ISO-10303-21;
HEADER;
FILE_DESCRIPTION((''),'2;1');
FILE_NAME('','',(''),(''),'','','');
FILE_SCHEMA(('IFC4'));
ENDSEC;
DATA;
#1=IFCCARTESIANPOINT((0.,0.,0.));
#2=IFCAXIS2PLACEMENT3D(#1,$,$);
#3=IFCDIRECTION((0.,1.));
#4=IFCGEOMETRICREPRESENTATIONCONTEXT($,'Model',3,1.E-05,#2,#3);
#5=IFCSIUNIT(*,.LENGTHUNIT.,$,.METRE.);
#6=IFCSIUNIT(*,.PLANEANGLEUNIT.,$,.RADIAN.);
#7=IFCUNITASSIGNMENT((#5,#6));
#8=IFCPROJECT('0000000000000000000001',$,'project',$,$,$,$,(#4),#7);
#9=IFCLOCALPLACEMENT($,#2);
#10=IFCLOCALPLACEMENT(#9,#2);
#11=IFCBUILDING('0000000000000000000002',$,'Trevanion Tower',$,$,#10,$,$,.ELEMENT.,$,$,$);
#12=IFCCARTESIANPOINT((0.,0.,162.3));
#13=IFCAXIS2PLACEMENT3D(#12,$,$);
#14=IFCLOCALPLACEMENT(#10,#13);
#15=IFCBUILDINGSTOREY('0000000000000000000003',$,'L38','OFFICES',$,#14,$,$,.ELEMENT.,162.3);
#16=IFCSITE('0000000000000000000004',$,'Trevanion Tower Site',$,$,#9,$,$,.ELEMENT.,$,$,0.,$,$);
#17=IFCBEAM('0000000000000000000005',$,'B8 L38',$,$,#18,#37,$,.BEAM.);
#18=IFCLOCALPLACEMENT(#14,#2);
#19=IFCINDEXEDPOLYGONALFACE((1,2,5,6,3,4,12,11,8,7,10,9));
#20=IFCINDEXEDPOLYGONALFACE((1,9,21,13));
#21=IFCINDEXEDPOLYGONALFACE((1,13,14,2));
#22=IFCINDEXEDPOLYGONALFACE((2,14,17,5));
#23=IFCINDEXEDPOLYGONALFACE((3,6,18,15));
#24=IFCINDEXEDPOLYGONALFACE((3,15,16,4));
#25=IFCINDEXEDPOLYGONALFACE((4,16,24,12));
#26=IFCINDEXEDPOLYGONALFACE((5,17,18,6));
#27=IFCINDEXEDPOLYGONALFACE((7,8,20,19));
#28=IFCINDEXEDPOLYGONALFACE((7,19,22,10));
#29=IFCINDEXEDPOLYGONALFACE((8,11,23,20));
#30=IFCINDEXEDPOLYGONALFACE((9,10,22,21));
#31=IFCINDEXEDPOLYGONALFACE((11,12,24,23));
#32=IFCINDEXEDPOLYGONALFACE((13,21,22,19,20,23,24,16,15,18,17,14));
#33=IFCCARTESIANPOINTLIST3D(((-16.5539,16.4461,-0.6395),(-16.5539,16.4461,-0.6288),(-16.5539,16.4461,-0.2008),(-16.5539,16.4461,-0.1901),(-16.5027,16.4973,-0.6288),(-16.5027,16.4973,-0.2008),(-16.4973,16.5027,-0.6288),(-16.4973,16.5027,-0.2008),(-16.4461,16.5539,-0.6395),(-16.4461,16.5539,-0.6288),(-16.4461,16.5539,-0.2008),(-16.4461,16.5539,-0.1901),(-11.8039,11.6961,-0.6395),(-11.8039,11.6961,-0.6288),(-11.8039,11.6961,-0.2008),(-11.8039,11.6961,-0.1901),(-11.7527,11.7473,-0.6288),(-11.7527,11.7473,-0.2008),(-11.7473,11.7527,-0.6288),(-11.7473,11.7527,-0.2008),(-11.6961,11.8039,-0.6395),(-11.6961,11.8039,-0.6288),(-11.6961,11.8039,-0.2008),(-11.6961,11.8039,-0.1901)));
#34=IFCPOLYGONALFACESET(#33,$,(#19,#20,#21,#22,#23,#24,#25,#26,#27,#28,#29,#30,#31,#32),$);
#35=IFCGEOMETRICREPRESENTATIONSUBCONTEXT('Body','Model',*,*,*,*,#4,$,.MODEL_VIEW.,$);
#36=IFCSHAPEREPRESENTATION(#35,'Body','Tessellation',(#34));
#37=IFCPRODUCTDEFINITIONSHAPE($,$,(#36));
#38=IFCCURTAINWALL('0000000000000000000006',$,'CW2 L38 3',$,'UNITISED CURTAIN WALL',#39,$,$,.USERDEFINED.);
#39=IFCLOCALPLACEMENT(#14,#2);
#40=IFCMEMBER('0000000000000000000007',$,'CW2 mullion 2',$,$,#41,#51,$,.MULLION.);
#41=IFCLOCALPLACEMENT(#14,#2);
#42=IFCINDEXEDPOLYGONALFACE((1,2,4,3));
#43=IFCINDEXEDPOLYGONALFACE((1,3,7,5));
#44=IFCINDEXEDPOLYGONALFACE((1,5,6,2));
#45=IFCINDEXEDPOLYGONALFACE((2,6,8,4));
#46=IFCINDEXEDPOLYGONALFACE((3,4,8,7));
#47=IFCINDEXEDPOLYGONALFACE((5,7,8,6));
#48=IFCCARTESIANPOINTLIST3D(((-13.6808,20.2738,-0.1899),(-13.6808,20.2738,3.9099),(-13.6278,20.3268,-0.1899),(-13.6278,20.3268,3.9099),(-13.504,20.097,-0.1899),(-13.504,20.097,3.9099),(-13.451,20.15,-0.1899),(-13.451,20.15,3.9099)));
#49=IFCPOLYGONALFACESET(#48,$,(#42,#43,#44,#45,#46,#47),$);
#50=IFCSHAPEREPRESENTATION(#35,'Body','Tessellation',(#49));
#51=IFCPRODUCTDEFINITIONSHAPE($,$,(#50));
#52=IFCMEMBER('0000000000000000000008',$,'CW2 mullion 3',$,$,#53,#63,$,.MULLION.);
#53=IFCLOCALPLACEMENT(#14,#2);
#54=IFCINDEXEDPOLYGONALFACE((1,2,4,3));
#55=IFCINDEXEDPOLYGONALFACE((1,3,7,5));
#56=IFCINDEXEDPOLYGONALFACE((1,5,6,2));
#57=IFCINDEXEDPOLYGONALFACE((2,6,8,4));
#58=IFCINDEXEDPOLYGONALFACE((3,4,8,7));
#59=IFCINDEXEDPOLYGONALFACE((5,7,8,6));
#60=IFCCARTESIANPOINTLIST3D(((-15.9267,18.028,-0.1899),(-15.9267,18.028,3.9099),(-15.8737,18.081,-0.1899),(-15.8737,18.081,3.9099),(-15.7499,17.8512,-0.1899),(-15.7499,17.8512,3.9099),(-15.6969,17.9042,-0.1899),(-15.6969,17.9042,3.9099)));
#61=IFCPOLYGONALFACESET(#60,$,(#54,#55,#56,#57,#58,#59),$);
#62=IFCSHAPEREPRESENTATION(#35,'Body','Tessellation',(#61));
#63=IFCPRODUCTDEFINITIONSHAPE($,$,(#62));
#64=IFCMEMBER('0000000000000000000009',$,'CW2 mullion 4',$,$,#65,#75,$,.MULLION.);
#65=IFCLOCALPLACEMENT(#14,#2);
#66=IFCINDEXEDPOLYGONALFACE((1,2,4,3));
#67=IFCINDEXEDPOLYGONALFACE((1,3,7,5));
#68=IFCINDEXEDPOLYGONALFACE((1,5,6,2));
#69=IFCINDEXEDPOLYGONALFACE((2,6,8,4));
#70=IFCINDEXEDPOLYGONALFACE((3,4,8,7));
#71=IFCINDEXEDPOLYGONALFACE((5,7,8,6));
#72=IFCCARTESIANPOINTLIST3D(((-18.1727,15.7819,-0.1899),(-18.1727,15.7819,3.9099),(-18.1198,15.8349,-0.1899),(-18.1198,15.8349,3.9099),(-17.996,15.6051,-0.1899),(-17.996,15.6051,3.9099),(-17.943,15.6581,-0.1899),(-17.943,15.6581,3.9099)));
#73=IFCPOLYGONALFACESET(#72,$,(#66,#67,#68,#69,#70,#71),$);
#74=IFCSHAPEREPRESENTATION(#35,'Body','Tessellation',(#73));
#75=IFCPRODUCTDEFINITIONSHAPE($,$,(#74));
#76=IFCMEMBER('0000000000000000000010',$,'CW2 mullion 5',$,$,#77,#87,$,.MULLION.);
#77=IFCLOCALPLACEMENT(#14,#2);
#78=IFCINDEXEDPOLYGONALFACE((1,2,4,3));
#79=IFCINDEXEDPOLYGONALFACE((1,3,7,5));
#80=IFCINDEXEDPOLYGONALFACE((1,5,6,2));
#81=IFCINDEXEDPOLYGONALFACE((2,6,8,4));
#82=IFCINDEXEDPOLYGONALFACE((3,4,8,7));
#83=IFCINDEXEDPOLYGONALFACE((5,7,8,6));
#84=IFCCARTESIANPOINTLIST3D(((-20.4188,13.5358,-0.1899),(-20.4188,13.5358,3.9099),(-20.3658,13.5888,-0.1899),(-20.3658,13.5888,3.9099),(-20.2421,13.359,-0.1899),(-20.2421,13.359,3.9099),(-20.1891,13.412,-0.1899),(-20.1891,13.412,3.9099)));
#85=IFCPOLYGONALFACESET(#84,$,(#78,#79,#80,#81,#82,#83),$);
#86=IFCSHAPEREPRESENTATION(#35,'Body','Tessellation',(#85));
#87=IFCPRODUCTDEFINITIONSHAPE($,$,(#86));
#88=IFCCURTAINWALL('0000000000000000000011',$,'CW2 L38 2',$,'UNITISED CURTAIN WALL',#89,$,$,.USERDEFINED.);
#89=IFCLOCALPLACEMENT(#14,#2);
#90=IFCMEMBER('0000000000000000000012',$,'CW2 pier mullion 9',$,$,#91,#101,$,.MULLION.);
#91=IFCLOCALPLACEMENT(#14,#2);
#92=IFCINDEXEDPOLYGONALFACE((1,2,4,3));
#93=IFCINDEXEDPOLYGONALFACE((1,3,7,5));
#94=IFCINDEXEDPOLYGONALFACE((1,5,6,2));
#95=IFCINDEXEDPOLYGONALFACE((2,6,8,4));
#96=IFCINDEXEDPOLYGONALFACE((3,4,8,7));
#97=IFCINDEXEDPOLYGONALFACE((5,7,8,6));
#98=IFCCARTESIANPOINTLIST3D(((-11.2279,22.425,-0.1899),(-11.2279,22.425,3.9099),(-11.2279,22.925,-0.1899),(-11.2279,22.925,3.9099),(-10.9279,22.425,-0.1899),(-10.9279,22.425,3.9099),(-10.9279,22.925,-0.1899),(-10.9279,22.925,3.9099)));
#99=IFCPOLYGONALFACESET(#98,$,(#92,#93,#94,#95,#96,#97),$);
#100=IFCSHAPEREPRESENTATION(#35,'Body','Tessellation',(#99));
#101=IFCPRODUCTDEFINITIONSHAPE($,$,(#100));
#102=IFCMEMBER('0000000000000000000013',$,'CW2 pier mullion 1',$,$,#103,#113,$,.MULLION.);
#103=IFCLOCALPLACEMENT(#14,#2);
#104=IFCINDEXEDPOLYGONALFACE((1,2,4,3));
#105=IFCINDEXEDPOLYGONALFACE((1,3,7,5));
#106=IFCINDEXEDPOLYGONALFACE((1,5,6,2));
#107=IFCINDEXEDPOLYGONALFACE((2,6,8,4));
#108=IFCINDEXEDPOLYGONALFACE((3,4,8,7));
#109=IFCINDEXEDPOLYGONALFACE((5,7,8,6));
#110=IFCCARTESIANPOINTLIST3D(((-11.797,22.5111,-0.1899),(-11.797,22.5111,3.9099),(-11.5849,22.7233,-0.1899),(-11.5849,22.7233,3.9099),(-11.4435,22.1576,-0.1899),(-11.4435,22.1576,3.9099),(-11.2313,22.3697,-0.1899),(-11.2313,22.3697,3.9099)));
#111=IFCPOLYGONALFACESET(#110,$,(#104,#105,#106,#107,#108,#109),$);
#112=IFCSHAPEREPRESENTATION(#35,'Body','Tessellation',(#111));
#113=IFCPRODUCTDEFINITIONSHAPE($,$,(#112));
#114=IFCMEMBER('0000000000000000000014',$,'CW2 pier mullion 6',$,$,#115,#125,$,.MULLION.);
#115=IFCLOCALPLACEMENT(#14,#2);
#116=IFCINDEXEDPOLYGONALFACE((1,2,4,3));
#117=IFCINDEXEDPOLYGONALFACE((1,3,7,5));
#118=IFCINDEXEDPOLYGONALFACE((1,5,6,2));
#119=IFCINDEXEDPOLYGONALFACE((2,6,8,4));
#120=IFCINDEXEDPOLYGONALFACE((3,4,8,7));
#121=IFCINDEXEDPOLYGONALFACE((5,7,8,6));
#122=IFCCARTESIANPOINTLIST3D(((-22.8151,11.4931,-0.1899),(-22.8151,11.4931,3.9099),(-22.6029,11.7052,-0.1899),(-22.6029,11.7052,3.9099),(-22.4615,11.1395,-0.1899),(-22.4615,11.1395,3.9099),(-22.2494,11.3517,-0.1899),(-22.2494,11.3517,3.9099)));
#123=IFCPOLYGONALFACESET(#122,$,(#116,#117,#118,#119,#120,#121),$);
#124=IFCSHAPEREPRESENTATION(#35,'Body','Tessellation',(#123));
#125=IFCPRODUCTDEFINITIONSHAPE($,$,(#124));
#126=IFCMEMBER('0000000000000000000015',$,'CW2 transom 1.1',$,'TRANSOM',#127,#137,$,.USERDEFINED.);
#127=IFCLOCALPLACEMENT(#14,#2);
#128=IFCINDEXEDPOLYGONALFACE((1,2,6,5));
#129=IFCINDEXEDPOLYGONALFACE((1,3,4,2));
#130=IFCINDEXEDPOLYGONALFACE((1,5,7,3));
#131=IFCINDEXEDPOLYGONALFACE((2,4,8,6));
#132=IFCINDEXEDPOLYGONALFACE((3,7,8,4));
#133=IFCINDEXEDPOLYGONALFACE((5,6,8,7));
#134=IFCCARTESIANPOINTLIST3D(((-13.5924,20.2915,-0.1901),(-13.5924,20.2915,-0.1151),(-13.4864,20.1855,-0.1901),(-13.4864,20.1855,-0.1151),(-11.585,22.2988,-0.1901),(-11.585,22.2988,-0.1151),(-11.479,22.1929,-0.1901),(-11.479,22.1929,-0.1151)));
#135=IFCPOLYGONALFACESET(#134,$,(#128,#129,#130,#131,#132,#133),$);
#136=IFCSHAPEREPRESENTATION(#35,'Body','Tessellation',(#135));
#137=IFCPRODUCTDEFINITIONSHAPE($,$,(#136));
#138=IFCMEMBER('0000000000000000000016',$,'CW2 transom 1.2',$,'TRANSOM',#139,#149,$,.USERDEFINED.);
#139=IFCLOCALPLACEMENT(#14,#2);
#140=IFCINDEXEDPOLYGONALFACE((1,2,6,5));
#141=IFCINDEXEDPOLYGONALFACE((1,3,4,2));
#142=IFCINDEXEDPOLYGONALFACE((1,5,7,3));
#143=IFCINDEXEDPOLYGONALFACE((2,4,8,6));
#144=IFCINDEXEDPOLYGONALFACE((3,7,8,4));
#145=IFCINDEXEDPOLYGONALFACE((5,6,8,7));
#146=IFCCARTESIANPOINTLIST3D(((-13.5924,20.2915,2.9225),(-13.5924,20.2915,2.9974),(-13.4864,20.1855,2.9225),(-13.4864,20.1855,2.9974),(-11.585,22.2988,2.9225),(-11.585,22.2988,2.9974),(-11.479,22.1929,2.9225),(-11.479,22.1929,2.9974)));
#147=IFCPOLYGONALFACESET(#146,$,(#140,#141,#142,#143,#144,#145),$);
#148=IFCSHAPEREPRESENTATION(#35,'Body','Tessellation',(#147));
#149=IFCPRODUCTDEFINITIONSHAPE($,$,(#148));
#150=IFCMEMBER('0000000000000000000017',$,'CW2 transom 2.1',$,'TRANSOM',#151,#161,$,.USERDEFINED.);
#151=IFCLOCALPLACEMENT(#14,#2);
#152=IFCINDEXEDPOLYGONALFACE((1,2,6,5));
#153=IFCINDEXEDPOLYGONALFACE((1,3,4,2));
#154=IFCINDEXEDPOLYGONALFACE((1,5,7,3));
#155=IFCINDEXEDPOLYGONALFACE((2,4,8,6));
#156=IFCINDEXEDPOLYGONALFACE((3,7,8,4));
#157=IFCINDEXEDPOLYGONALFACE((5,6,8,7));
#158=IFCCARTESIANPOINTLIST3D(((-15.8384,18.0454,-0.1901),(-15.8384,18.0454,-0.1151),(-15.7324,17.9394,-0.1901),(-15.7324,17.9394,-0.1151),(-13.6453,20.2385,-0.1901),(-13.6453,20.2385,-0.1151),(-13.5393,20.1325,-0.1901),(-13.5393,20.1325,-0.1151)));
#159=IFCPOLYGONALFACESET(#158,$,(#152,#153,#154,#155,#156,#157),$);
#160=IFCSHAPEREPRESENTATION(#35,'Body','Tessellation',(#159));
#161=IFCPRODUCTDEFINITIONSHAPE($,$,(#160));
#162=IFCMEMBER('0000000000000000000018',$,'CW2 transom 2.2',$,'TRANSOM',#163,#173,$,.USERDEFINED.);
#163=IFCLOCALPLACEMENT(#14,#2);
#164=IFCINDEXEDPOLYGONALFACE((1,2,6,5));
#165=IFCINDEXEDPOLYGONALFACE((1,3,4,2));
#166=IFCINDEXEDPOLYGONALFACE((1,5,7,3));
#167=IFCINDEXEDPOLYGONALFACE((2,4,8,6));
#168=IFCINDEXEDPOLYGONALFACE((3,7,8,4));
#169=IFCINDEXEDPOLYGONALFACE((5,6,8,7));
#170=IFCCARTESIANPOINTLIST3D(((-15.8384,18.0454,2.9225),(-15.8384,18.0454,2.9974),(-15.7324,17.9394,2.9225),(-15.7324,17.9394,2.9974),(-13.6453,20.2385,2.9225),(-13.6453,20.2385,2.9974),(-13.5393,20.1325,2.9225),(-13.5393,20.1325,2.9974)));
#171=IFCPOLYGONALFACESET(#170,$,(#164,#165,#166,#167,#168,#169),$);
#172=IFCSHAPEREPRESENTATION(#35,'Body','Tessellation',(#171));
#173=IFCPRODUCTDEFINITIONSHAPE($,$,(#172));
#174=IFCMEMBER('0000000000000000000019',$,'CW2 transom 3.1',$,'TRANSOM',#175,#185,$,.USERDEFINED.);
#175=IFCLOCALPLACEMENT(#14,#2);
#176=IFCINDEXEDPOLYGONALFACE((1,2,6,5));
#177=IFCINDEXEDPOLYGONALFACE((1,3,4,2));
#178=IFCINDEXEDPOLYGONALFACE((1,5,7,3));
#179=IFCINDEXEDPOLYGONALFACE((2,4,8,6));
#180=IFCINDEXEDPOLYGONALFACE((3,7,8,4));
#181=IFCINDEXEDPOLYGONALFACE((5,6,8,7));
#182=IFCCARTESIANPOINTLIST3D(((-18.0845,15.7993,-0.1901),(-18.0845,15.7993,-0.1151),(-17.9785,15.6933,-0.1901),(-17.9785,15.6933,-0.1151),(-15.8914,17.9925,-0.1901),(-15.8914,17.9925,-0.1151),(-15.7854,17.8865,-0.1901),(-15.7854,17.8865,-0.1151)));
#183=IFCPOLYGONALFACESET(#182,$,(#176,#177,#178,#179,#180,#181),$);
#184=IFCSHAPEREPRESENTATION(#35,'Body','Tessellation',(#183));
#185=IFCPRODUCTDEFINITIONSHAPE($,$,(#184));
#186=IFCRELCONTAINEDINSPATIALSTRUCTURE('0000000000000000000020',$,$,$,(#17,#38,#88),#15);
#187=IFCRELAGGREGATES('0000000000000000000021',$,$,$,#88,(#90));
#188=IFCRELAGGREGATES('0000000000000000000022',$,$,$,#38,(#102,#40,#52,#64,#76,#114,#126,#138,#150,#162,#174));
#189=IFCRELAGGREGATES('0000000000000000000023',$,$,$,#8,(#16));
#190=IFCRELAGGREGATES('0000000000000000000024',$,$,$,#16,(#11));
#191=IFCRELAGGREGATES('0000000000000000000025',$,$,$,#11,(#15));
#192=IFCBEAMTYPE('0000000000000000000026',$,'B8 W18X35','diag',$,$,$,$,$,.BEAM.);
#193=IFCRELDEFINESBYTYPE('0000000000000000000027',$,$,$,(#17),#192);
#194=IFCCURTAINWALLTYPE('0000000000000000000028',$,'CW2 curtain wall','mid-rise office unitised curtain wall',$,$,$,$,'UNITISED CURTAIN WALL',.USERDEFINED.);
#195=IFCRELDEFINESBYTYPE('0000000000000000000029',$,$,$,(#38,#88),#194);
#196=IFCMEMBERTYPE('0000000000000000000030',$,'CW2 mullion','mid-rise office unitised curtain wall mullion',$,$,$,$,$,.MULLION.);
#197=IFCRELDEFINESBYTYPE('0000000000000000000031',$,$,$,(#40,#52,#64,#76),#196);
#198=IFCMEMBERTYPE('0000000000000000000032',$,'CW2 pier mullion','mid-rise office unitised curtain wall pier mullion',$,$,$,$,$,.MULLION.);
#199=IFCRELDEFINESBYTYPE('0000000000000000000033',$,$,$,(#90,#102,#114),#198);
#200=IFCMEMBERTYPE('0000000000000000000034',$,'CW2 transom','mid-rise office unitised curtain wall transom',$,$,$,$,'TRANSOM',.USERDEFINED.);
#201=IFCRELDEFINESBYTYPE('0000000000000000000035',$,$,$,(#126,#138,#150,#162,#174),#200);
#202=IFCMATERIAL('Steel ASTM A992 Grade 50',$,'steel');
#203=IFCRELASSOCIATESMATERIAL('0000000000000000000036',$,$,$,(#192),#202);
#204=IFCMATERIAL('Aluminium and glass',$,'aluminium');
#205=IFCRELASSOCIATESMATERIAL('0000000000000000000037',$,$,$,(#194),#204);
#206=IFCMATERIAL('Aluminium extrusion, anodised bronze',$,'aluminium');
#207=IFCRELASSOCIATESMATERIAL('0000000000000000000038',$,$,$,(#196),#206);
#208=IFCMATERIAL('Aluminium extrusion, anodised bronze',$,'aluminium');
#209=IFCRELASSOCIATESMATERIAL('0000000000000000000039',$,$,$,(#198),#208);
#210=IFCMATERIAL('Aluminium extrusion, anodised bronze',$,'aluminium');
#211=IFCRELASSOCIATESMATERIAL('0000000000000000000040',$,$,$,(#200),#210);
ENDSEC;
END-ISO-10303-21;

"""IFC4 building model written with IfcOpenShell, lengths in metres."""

from ifc_helpers import new_model, si_unit, direction, frame, origin, origin_2d, place, context, subcontext, project, spatial, rectangle, i_section, extrude, material, material_profile, profile_set, type_object, element, aggregate, save


model = new_model("IFC4")

# Units and contexts
model_context = context("Model", 3, precision=1e-05, world=origin(), true_north=direction((0.0, 1.0)))
body_context = subcontext(model_context, "Body", "Model", "MODEL_VIEW")
ifc_project = project(units=[si_unit("LENGTHUNIT", "METRE"), si_unit("PLANEANGLEUNIT", "RADIAN")], contexts=[model_context])

# Site, building, storey
site_placement = place(None, origin())
site = spatial("IfcSite", under=ifc_project, at=site_placement, Name="Trevanion Tower Site", CompositionType="ELEMENT", RefElevation=0.0)
building_placement = place(site_placement, origin())
building = spatial("IfcBuilding", under=site, at=building_placement, Name="Trevanion Tower", CompositionType="ELEMENT")
storey_placement = place(building_placement, frame((0.0, 0.0, 162.3)))
storey = spatial("IfcBuildingStorey", under=building, at=storey_placement, Name="L38", Description="OFFICES", CompositionType="ELEMENT", Elevation=162.3)

# Beam
ifc_material_1 = material(Name="Steel ASTM A992 Grade 50", Category="steel")
ifc_material_profile_1 = material_profile(ifc_material_1, i_section(OverallWidth=0.1523, OverallDepth=0.4495, WebThickness=0.0076, FlangeThickness=0.0107, at=origin_2d()), Name="W18X35")
ifc_profile_set_1 = profile_set([ifc_material_profile_1], Name="Steel ASTM A992 Grade 50")
beam_type_1 = type_object("IfcBeamType", Name="B8 W18X35", Description="diag", PredefinedType="BEAM", material=ifc_profile_set_1)
beam_1_placement = place(storey_placement, frame((-11.75, 11.75, -0.4148), z_axis=(-0.707107, 0.707107, 0.0), x_axis=(-0.707107, -0.707107, 0.0)))
element("IfcBeam", 1, at=beam_1_placement, inside=storey, type_object=beam_type_1, Name="B8 L38", PredefinedType="BEAM", context=body_context, shape_type="SweptSolid", body=[
    extrude(i_section(OverallWidth=0.1523, OverallDepth=0.4495, WebThickness=0.0076, FlangeThickness=0.0107, at=origin_2d()), origin(), (0.0, 0.0, 1.0), 6.7175),
])

# Curtain wall, members
ifc_material_2 = material(Name="Aluminium and glass", Category="aluminium")
curtain_wall_type = type_object("IfcCurtainWallType", Name="CW2 curtain wall", Description="mid-rise office unitised curtain wall", ElementType="UNITISED CURTAIN WALL", PredefinedType="USERDEFINED", material=ifc_material_2)
curtain_wall_1_placement = place(storey_placement, origin())
curtain_wall_1 = element("IfcCurtainWall", 2, at=curtain_wall_1_placement, inside=storey, type_object=curtain_wall_type, Name="CW2 L38 3", ObjectType="UNITISED CURTAIN WALL", PredefinedType="USERDEFINED")
ifc_material_3 = material(Name="Aluminium extrusion, anodised bronze", Category="aluminium")
ifc_material_profile_2 = material_profile(ifc_material_3, rectangle(XDim=0.075, YDim=0.25, at=origin_2d()), Name="CW2 mullion")
ifc_profile_set_2 = profile_set([ifc_material_profile_2], Name="Aluminium extrusion, anodised bronze")
member_type_1 = type_object("IfcMemberType", Name="CW2 mullion", Description="mid-rise office unitised curtain wall mullion", PredefinedType="MULLION", material=ifc_profile_set_2)
member_1_placement = place(storey_placement, frame((-13.5659, 20.2119, -0.1899), z_axis=(0.0, 0.0, 1.0), x_axis=(-0.707107, -0.707107, 0.0)))
member_1 = element("IfcMember", 3, at=member_1_placement, type_object=member_type_1, Name="CW2 mullion 2", PredefinedType="MULLION", context=body_context, shape_type="SweptSolid", body=[
    extrude(rectangle(XDim=0.075, YDim=0.25, at=origin_2d()), origin(), (0.0, 0.0, 1.0), 4.0999),
])
member_2_placement = place(storey_placement, frame((-15.8118, 17.9661, -0.1899), z_axis=(0.0, 0.0, 1.0), x_axis=(-0.707107, -0.707107, 0.0)))
member_2 = element("IfcMember", 4, at=member_2_placement, type_object=member_type_1, Name="CW2 mullion 3", PredefinedType="MULLION", context=body_context, shape_type="SweptSolid", body=[
    extrude(rectangle(XDim=0.075, YDim=0.25, at=origin_2d()), origin(), (0.0, 0.0, 1.0), 4.0999),
])
member_3_placement = place(storey_placement, frame((-18.0579, 15.72, -0.1899), z_axis=(0.0, 0.0, 1.0), x_axis=(-0.707107, -0.707107, 0.0)))
member_3 = element("IfcMember", 5, at=member_3_placement, type_object=member_type_1, Name="CW2 mullion 4", PredefinedType="MULLION", context=body_context, shape_type="SweptSolid", body=[
    extrude(rectangle(XDim=0.075, YDim=0.25, at=origin_2d()), origin(), (0.0, 0.0, 1.0), 4.0999),
])
member_4_placement = place(storey_placement, frame((-20.304, 13.4739, -0.1899), z_axis=(0.0, 0.0, 1.0), x_axis=(-0.707107, -0.707107, 0.0)))
member_4 = element("IfcMember", 6, at=member_4_placement, type_object=member_type_1, Name="CW2 mullion 5", PredefinedType="MULLION", context=body_context, shape_type="SweptSolid", body=[
    extrude(rectangle(XDim=0.075, YDim=0.25, at=origin_2d()), origin(), (0.0, 0.0, 1.0), 4.0999),
])

# Curtain wall, member
curtain_wall_2_placement = place(storey_placement, origin())
curtain_wall_2 = element("IfcCurtainWall", 7, at=curtain_wall_2_placement, inside=storey, type_object=curtain_wall_type, Name="CW2 L38 2", ObjectType="UNITISED CURTAIN WALL", PredefinedType="USERDEFINED")
ifc_material_4 = material(Name="Aluminium extrusion, anodised bronze", Category="aluminium")
ifc_material_profile_3 = material_profile(ifc_material_4, rectangle(XDim=0.3, YDim=0.5, at=origin_2d()), Name="CW2 pier mullion")
ifc_profile_set_3 = profile_set([ifc_material_profile_3], Name="Aluminium extrusion, anodised bronze")
member_type_2 = type_object("IfcMemberType", Name="CW2 pier mullion", Description="mid-rise office unitised curtain wall pier mullion", PredefinedType="MULLION", material=ifc_profile_set_3)
member_5_placement = place(storey_placement, frame((-11.0779, 22.675, -0.1899), z_axis=(0.0, 0.0, 1.0), x_axis=(-1.0, 0.0, 0.0)))
member_5 = element("IfcMember", 8, at=member_5_placement, type_object=member_type_2, Name="CW2 pier mullion 9", PredefinedType="MULLION", context=body_context, shape_type="SweptSolid", body=[
    extrude(rectangle(XDim=0.3, YDim=0.5, at=origin_2d()), origin(), (0.0, 0.0, 1.0), 4.0999),
])
aggregate(curtain_wall_2, [member_5])

# Members
member_6_placement = place(storey_placement, frame((-11.5142, 22.4404, -0.1899), z_axis=(0.0, 0.0, 1.0), x_axis=(-0.707107, -0.707107, 0.0)))
member_6 = element("IfcMember", 9, at=member_6_placement, type_object=member_type_2, Name="CW2 pier mullion 1", PredefinedType="MULLION", context=body_context, shape_type="SweptSolid", body=[
    extrude(rectangle(XDim=0.3, YDim=0.5, at=origin_2d()), origin(), (0.0, 0.0, 1.0), 4.0999),
])
member_7_placement = place(storey_placement, frame((-22.5322, 11.4224, -0.1899), z_axis=(0.0, 0.0, 1.0), x_axis=(-0.707107, -0.707107, 0.0)))
member_7 = element("IfcMember", 10, at=member_7_placement, type_object=member_type_2, Name="CW2 pier mullion 6", PredefinedType="MULLION", context=body_context, shape_type="SweptSolid", body=[
    extrude(rectangle(XDim=0.3, YDim=0.5, at=origin_2d()), origin(), (0.0, 0.0, 1.0), 4.0999),
])
ifc_material_5 = material(Name="Aluminium extrusion, anodised bronze", Category="aluminium")
ifc_material_profile_4 = material_profile(ifc_material_5, rectangle(XDim=0.1499, YDim=0.075, at=origin_2d()), Name="CW2 transom")
ifc_profile_set_4 = profile_set([ifc_material_profile_4], Name="Aluminium extrusion, anodised bronze")
member_type_3 = type_object("IfcMemberType", Name="CW2 transom", Description="mid-rise office unitised curtain wall transom", ElementType="TRANSOM", PredefinedType="USERDEFINED", material=ifc_profile_set_4)
member_8_placement = place(storey_placement, frame((-11.532, 22.2458, -0.1526), z_axis=(-0.707107, -0.707107, 0.0), x_axis=(0.707107, -0.707107, 0.0)))
member_8 = element("IfcMember", 11, at=member_8_placement, type_object=member_type_3, Name="CW2 transom 1.1", ObjectType="TRANSOM", PredefinedType="USERDEFINED", context=body_context, shape_type="SweptSolid", body=[
    extrude(rectangle(XDim=0.1499, YDim=0.075, at=origin_2d()), origin(), (0.0, 0.0, 1.0), 2.8389),
])
member_9_placement = place(storey_placement, frame((-11.532, 22.2458, 2.96), z_axis=(-0.707107, -0.707107, 0.0), x_axis=(0.707107, -0.707107, 0.0)))
member_9 = element("IfcMember", 12, at=member_9_placement, type_object=member_type_3, Name="CW2 transom 1.2", ObjectType="TRANSOM", PredefinedType="USERDEFINED", context=body_context, shape_type="SweptSolid", body=[
    extrude(rectangle(XDim=0.1499, YDim=0.075, at=origin_2d()), origin(), (0.0, 0.0, 1.0), 2.8389),
])
member_10_placement = place(storey_placement, frame((-13.5923, 20.1855, -0.1526), z_axis=(-0.707107, -0.707107, 0.0), x_axis=(0.707107, -0.707107, 0.0)))
member_10 = element("IfcMember", 13, at=member_10_placement, type_object=member_type_3, Name="CW2 transom 2.1", ObjectType="TRANSOM", PredefinedType="USERDEFINED", context=body_context, shape_type="SweptSolid", body=[
    extrude(rectangle(XDim=0.1499, YDim=0.075, at=origin_2d()), origin(), (0.0, 0.0, 1.0), 3.1016),
])
member_11_placement = place(storey_placement, frame((-13.5923, 20.1855, 2.96), z_axis=(-0.707107, -0.707107, 0.0), x_axis=(0.707107, -0.707107, 0.0)))
member_11 = element("IfcMember", 14, at=member_11_placement, type_object=member_type_3, Name="CW2 transom 2.2", ObjectType="TRANSOM", PredefinedType="USERDEFINED", context=body_context, shape_type="SweptSolid", body=[
    extrude(rectangle(XDim=0.1499, YDim=0.075, at=origin_2d()), origin(), (0.0, 0.0, 1.0), 3.1016),
])
member_12_placement = place(storey_placement, frame((-15.8384, 17.9395, -0.1526), z_axis=(-0.707107, -0.707107, 0.0), x_axis=(0.707107, -0.707107, 0.0)))
member_12 = element("IfcMember", 15, at=member_12_placement, type_object=member_type_3, Name="CW2 transom 3.1", ObjectType="TRANSOM", PredefinedType="USERDEFINED", context=body_context, shape_type="SweptSolid", body=[
    extrude(rectangle(XDim=0.1499, YDim=0.075, at=origin_2d()), origin(), (0.0, 0.0, 1.0), 3.1016),
])

aggregate(curtain_wall_1, [member_6, member_1, member_2, member_3, member_4, member_7, member_8, member_9, member_10, member_11, member_12])

save(model, "model.ifc")
